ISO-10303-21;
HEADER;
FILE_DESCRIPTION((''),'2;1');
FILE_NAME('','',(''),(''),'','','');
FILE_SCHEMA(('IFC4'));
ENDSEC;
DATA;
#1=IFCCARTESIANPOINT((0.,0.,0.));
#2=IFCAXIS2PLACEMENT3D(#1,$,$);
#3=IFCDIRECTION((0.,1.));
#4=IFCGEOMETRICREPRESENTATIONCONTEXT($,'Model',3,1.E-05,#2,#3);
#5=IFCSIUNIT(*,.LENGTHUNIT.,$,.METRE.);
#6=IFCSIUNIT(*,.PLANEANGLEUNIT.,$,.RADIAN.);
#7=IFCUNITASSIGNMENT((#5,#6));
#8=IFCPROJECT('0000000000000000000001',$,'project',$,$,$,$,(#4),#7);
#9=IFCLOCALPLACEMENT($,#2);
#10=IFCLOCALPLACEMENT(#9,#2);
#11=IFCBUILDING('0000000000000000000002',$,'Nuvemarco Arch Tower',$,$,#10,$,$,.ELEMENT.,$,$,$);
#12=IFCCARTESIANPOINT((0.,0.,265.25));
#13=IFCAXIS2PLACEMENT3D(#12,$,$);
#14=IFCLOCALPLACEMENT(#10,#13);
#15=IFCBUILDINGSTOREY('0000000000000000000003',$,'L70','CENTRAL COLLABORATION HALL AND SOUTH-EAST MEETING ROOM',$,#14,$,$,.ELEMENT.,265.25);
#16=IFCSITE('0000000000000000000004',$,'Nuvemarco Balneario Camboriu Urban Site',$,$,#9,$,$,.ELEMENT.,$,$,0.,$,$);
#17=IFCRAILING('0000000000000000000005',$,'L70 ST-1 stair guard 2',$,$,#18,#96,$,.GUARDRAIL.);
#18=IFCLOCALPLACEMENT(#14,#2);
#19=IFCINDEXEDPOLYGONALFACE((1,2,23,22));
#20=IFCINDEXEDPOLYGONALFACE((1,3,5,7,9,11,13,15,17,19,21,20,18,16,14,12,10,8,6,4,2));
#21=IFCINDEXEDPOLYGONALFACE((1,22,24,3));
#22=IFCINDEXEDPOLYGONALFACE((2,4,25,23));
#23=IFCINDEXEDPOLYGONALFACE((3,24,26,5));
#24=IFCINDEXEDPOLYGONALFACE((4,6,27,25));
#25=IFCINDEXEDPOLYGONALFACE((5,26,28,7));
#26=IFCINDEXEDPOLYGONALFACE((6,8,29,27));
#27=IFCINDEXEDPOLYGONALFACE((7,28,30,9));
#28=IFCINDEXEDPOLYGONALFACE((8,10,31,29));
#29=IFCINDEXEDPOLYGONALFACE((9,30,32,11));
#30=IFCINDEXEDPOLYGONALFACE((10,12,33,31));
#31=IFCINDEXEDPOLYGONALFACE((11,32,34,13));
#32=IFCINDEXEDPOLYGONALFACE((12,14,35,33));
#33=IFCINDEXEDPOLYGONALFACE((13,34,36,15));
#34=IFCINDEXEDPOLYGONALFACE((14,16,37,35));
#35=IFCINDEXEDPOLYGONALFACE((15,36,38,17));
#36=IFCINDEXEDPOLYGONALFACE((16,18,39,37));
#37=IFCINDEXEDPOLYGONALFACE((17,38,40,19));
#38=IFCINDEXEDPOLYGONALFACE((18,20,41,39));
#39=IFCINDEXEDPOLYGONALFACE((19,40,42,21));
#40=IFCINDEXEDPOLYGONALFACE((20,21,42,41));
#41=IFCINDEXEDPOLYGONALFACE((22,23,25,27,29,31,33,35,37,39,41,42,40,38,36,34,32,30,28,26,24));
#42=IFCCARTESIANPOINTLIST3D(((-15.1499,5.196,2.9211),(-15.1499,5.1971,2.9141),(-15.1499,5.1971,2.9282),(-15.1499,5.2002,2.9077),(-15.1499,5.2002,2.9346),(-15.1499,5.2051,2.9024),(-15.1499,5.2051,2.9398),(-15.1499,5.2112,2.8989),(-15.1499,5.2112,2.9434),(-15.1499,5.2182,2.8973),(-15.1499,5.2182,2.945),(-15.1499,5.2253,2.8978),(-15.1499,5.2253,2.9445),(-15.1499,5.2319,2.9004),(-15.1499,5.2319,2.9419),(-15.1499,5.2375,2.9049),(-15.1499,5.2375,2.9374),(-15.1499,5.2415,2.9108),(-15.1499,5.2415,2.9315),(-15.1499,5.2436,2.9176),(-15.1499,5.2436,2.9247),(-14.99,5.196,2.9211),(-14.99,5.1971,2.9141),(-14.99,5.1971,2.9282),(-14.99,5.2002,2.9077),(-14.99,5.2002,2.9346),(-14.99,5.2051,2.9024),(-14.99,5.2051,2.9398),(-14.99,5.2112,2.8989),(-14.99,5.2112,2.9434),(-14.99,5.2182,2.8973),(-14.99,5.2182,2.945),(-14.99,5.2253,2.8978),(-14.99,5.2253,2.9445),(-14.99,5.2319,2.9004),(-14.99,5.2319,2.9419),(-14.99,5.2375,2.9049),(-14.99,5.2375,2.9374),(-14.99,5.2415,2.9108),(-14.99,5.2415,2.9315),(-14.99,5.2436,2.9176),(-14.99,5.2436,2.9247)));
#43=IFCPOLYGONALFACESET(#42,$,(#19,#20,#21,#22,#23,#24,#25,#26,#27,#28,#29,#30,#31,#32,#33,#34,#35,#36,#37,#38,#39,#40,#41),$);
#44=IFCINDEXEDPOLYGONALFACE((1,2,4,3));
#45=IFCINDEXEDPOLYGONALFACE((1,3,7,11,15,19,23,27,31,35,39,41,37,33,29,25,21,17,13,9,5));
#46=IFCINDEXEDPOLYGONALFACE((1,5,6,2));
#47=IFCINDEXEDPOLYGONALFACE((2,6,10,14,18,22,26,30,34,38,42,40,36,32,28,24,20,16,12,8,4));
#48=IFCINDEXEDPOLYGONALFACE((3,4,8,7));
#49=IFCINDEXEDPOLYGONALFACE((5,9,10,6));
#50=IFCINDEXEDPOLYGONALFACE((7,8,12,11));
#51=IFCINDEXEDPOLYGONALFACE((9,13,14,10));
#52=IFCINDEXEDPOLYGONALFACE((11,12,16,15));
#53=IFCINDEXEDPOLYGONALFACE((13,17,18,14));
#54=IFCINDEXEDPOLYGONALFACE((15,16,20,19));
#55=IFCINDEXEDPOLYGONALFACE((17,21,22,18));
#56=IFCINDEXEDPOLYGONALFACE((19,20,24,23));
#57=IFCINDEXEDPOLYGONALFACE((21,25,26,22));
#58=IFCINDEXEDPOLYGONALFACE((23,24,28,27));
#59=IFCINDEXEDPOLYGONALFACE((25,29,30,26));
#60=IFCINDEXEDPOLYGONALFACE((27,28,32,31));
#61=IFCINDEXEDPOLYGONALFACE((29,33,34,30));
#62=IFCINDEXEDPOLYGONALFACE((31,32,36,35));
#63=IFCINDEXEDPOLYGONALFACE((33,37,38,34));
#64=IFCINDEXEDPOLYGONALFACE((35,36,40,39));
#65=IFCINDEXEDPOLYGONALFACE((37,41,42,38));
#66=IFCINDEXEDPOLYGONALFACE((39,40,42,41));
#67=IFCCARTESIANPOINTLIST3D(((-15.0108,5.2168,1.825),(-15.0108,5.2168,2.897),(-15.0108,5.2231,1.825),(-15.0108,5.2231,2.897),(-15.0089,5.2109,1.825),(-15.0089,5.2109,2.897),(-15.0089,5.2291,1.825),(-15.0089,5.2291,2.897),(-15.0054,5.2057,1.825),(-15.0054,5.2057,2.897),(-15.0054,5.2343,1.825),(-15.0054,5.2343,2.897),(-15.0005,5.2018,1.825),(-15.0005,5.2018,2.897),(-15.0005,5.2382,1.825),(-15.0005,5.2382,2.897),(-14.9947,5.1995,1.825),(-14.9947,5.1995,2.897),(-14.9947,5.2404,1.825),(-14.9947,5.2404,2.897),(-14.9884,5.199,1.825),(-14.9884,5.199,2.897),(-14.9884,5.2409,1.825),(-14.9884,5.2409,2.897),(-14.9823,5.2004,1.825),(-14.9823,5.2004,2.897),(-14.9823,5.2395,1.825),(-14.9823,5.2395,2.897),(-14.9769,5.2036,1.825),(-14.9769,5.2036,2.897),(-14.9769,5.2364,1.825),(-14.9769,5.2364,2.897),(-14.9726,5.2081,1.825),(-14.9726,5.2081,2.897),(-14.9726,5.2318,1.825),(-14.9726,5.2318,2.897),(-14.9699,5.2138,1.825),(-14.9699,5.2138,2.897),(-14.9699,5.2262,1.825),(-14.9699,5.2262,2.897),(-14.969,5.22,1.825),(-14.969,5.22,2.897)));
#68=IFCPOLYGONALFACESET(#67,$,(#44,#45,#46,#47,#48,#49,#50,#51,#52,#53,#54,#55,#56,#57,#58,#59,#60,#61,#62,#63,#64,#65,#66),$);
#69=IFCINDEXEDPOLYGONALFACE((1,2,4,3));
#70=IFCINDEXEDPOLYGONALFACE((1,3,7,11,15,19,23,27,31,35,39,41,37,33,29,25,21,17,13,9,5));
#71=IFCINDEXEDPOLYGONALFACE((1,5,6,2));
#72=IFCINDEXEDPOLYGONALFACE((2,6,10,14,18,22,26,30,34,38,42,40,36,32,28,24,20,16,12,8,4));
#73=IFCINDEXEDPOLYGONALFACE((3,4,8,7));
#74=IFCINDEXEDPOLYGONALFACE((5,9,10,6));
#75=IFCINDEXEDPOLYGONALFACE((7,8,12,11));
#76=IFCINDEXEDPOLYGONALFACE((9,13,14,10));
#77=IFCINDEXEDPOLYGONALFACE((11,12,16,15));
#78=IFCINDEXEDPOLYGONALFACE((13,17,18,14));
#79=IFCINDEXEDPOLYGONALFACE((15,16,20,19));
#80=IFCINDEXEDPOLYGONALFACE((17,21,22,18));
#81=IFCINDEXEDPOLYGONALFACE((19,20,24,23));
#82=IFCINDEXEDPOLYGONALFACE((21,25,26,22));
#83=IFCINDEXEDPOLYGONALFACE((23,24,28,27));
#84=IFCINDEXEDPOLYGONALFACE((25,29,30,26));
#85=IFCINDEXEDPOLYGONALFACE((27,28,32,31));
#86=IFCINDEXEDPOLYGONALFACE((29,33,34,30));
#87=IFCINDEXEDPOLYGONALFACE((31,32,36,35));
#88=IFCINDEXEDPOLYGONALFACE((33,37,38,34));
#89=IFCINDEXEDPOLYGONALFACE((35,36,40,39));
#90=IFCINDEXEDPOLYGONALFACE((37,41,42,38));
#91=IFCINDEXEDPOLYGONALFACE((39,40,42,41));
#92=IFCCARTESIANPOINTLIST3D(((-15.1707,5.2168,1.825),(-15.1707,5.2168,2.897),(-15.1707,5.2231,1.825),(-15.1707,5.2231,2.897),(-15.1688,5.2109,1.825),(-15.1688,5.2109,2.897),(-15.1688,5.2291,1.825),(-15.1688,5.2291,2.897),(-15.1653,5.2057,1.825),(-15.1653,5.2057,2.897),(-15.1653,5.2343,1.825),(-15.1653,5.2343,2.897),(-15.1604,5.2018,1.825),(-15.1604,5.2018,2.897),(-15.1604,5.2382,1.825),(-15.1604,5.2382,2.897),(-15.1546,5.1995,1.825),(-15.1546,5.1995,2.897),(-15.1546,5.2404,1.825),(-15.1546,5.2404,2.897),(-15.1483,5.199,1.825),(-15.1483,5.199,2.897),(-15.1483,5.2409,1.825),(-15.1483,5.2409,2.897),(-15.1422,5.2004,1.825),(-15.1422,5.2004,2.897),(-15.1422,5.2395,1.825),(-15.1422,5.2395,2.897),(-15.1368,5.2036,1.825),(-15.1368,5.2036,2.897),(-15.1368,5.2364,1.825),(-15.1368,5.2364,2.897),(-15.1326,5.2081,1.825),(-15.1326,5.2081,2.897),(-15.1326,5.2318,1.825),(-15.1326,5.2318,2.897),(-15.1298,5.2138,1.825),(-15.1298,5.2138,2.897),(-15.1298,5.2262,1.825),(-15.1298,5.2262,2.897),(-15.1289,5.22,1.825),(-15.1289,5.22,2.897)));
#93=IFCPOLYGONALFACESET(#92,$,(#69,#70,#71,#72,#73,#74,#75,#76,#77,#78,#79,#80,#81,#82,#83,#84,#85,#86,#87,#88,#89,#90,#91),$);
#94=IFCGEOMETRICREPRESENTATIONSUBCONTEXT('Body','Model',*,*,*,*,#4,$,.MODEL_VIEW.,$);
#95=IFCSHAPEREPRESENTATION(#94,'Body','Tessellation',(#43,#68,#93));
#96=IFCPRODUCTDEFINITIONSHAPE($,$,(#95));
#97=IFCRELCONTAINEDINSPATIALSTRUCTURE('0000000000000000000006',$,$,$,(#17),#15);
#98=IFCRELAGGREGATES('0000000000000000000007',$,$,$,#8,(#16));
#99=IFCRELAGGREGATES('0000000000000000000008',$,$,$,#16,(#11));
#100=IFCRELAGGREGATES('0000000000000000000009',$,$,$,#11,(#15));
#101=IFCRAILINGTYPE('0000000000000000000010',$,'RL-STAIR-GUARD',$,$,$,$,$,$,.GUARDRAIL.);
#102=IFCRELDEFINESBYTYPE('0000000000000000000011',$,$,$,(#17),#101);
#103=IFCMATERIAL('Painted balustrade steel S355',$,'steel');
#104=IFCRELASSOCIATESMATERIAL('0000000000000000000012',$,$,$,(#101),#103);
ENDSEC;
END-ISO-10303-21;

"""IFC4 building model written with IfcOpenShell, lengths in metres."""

from ifc_helpers import new_model, si_unit, direction, frame, origin, origin_2d, place, context, subcontext, project, spatial, circle, extrude, material, type_object, element, save


model = new_model("IFC4")

# Units and contexts
model_context = context("Model", 3, precision=1e-05, world=origin(), true_north=direction((0.0, 1.0)))
body_context = subcontext(model_context, "Body", "Model", "MODEL_VIEW")
ifc_project = project(units=[si_unit("LENGTHUNIT", "METRE"), si_unit("PLANEANGLEUNIT", "RADIAN")], contexts=[model_context])

# Site, building, storey
site_placement = place(None, origin())
site = spatial("IfcSite", under=ifc_project, at=site_placement, Name="Nuvemarco Balneario Camboriu Urban Site", CompositionType="ELEMENT", RefElevation=0.0)
building_placement = place(site_placement, origin())
building = spatial("IfcBuilding", under=site, at=building_placement, Name="Nuvemarco Arch Tower", CompositionType="ELEMENT")
storey_placement = place(building_placement, frame((0.0, 0.0, 265.25)))
storey = spatial("IfcBuildingStorey", under=building, at=storey_placement, Name="L70", Description="CENTRAL COLLABORATION HALL AND SOUTH-EAST MEETING ROOM", CompositionType="ELEMENT", Elevation=265.25)

# Railing
ifc_material_1 = material(Name="Painted balustrade steel S355", Category="steel")
railing_type_1 = type_object("IfcRailingType", Name="RL-STAIR-GUARD", PredefinedType="GUARDRAIL", material=ifc_material_1)
railing_1_placement = place(storey_placement, frame((-14.99, 5.22, 1.825)))
element("IfcRailing", 1, at=railing_1_placement, inside=storey, type_object=railing_type_1, Name="L70 ST-1 stair guard 2", PredefinedType="GUARDRAIL", context=body_context, shape_type="SweptSolid", body=[
    extrude(circle(Radius=0.0239, at=origin_2d()), frame((0.0, 0.0, 1.0962), z_axis=(-1.0, 0.0, 0.0), x_axis=(0.0, -1.0, 0.0)), (0.0, 0.0, 1.0), 0.1599),
    extrude(circle(Radius=0.021, at=origin_2d()), origin(), (0.0, 0.0, 1.0), 1.072),
    extrude(circle(Radius=0.021, at=origin_2d()), frame((-0.1599, 0.0, 0.0)), (0.0, 0.0, 1.0), 1.072),
])

save(model, "model.ifc")
